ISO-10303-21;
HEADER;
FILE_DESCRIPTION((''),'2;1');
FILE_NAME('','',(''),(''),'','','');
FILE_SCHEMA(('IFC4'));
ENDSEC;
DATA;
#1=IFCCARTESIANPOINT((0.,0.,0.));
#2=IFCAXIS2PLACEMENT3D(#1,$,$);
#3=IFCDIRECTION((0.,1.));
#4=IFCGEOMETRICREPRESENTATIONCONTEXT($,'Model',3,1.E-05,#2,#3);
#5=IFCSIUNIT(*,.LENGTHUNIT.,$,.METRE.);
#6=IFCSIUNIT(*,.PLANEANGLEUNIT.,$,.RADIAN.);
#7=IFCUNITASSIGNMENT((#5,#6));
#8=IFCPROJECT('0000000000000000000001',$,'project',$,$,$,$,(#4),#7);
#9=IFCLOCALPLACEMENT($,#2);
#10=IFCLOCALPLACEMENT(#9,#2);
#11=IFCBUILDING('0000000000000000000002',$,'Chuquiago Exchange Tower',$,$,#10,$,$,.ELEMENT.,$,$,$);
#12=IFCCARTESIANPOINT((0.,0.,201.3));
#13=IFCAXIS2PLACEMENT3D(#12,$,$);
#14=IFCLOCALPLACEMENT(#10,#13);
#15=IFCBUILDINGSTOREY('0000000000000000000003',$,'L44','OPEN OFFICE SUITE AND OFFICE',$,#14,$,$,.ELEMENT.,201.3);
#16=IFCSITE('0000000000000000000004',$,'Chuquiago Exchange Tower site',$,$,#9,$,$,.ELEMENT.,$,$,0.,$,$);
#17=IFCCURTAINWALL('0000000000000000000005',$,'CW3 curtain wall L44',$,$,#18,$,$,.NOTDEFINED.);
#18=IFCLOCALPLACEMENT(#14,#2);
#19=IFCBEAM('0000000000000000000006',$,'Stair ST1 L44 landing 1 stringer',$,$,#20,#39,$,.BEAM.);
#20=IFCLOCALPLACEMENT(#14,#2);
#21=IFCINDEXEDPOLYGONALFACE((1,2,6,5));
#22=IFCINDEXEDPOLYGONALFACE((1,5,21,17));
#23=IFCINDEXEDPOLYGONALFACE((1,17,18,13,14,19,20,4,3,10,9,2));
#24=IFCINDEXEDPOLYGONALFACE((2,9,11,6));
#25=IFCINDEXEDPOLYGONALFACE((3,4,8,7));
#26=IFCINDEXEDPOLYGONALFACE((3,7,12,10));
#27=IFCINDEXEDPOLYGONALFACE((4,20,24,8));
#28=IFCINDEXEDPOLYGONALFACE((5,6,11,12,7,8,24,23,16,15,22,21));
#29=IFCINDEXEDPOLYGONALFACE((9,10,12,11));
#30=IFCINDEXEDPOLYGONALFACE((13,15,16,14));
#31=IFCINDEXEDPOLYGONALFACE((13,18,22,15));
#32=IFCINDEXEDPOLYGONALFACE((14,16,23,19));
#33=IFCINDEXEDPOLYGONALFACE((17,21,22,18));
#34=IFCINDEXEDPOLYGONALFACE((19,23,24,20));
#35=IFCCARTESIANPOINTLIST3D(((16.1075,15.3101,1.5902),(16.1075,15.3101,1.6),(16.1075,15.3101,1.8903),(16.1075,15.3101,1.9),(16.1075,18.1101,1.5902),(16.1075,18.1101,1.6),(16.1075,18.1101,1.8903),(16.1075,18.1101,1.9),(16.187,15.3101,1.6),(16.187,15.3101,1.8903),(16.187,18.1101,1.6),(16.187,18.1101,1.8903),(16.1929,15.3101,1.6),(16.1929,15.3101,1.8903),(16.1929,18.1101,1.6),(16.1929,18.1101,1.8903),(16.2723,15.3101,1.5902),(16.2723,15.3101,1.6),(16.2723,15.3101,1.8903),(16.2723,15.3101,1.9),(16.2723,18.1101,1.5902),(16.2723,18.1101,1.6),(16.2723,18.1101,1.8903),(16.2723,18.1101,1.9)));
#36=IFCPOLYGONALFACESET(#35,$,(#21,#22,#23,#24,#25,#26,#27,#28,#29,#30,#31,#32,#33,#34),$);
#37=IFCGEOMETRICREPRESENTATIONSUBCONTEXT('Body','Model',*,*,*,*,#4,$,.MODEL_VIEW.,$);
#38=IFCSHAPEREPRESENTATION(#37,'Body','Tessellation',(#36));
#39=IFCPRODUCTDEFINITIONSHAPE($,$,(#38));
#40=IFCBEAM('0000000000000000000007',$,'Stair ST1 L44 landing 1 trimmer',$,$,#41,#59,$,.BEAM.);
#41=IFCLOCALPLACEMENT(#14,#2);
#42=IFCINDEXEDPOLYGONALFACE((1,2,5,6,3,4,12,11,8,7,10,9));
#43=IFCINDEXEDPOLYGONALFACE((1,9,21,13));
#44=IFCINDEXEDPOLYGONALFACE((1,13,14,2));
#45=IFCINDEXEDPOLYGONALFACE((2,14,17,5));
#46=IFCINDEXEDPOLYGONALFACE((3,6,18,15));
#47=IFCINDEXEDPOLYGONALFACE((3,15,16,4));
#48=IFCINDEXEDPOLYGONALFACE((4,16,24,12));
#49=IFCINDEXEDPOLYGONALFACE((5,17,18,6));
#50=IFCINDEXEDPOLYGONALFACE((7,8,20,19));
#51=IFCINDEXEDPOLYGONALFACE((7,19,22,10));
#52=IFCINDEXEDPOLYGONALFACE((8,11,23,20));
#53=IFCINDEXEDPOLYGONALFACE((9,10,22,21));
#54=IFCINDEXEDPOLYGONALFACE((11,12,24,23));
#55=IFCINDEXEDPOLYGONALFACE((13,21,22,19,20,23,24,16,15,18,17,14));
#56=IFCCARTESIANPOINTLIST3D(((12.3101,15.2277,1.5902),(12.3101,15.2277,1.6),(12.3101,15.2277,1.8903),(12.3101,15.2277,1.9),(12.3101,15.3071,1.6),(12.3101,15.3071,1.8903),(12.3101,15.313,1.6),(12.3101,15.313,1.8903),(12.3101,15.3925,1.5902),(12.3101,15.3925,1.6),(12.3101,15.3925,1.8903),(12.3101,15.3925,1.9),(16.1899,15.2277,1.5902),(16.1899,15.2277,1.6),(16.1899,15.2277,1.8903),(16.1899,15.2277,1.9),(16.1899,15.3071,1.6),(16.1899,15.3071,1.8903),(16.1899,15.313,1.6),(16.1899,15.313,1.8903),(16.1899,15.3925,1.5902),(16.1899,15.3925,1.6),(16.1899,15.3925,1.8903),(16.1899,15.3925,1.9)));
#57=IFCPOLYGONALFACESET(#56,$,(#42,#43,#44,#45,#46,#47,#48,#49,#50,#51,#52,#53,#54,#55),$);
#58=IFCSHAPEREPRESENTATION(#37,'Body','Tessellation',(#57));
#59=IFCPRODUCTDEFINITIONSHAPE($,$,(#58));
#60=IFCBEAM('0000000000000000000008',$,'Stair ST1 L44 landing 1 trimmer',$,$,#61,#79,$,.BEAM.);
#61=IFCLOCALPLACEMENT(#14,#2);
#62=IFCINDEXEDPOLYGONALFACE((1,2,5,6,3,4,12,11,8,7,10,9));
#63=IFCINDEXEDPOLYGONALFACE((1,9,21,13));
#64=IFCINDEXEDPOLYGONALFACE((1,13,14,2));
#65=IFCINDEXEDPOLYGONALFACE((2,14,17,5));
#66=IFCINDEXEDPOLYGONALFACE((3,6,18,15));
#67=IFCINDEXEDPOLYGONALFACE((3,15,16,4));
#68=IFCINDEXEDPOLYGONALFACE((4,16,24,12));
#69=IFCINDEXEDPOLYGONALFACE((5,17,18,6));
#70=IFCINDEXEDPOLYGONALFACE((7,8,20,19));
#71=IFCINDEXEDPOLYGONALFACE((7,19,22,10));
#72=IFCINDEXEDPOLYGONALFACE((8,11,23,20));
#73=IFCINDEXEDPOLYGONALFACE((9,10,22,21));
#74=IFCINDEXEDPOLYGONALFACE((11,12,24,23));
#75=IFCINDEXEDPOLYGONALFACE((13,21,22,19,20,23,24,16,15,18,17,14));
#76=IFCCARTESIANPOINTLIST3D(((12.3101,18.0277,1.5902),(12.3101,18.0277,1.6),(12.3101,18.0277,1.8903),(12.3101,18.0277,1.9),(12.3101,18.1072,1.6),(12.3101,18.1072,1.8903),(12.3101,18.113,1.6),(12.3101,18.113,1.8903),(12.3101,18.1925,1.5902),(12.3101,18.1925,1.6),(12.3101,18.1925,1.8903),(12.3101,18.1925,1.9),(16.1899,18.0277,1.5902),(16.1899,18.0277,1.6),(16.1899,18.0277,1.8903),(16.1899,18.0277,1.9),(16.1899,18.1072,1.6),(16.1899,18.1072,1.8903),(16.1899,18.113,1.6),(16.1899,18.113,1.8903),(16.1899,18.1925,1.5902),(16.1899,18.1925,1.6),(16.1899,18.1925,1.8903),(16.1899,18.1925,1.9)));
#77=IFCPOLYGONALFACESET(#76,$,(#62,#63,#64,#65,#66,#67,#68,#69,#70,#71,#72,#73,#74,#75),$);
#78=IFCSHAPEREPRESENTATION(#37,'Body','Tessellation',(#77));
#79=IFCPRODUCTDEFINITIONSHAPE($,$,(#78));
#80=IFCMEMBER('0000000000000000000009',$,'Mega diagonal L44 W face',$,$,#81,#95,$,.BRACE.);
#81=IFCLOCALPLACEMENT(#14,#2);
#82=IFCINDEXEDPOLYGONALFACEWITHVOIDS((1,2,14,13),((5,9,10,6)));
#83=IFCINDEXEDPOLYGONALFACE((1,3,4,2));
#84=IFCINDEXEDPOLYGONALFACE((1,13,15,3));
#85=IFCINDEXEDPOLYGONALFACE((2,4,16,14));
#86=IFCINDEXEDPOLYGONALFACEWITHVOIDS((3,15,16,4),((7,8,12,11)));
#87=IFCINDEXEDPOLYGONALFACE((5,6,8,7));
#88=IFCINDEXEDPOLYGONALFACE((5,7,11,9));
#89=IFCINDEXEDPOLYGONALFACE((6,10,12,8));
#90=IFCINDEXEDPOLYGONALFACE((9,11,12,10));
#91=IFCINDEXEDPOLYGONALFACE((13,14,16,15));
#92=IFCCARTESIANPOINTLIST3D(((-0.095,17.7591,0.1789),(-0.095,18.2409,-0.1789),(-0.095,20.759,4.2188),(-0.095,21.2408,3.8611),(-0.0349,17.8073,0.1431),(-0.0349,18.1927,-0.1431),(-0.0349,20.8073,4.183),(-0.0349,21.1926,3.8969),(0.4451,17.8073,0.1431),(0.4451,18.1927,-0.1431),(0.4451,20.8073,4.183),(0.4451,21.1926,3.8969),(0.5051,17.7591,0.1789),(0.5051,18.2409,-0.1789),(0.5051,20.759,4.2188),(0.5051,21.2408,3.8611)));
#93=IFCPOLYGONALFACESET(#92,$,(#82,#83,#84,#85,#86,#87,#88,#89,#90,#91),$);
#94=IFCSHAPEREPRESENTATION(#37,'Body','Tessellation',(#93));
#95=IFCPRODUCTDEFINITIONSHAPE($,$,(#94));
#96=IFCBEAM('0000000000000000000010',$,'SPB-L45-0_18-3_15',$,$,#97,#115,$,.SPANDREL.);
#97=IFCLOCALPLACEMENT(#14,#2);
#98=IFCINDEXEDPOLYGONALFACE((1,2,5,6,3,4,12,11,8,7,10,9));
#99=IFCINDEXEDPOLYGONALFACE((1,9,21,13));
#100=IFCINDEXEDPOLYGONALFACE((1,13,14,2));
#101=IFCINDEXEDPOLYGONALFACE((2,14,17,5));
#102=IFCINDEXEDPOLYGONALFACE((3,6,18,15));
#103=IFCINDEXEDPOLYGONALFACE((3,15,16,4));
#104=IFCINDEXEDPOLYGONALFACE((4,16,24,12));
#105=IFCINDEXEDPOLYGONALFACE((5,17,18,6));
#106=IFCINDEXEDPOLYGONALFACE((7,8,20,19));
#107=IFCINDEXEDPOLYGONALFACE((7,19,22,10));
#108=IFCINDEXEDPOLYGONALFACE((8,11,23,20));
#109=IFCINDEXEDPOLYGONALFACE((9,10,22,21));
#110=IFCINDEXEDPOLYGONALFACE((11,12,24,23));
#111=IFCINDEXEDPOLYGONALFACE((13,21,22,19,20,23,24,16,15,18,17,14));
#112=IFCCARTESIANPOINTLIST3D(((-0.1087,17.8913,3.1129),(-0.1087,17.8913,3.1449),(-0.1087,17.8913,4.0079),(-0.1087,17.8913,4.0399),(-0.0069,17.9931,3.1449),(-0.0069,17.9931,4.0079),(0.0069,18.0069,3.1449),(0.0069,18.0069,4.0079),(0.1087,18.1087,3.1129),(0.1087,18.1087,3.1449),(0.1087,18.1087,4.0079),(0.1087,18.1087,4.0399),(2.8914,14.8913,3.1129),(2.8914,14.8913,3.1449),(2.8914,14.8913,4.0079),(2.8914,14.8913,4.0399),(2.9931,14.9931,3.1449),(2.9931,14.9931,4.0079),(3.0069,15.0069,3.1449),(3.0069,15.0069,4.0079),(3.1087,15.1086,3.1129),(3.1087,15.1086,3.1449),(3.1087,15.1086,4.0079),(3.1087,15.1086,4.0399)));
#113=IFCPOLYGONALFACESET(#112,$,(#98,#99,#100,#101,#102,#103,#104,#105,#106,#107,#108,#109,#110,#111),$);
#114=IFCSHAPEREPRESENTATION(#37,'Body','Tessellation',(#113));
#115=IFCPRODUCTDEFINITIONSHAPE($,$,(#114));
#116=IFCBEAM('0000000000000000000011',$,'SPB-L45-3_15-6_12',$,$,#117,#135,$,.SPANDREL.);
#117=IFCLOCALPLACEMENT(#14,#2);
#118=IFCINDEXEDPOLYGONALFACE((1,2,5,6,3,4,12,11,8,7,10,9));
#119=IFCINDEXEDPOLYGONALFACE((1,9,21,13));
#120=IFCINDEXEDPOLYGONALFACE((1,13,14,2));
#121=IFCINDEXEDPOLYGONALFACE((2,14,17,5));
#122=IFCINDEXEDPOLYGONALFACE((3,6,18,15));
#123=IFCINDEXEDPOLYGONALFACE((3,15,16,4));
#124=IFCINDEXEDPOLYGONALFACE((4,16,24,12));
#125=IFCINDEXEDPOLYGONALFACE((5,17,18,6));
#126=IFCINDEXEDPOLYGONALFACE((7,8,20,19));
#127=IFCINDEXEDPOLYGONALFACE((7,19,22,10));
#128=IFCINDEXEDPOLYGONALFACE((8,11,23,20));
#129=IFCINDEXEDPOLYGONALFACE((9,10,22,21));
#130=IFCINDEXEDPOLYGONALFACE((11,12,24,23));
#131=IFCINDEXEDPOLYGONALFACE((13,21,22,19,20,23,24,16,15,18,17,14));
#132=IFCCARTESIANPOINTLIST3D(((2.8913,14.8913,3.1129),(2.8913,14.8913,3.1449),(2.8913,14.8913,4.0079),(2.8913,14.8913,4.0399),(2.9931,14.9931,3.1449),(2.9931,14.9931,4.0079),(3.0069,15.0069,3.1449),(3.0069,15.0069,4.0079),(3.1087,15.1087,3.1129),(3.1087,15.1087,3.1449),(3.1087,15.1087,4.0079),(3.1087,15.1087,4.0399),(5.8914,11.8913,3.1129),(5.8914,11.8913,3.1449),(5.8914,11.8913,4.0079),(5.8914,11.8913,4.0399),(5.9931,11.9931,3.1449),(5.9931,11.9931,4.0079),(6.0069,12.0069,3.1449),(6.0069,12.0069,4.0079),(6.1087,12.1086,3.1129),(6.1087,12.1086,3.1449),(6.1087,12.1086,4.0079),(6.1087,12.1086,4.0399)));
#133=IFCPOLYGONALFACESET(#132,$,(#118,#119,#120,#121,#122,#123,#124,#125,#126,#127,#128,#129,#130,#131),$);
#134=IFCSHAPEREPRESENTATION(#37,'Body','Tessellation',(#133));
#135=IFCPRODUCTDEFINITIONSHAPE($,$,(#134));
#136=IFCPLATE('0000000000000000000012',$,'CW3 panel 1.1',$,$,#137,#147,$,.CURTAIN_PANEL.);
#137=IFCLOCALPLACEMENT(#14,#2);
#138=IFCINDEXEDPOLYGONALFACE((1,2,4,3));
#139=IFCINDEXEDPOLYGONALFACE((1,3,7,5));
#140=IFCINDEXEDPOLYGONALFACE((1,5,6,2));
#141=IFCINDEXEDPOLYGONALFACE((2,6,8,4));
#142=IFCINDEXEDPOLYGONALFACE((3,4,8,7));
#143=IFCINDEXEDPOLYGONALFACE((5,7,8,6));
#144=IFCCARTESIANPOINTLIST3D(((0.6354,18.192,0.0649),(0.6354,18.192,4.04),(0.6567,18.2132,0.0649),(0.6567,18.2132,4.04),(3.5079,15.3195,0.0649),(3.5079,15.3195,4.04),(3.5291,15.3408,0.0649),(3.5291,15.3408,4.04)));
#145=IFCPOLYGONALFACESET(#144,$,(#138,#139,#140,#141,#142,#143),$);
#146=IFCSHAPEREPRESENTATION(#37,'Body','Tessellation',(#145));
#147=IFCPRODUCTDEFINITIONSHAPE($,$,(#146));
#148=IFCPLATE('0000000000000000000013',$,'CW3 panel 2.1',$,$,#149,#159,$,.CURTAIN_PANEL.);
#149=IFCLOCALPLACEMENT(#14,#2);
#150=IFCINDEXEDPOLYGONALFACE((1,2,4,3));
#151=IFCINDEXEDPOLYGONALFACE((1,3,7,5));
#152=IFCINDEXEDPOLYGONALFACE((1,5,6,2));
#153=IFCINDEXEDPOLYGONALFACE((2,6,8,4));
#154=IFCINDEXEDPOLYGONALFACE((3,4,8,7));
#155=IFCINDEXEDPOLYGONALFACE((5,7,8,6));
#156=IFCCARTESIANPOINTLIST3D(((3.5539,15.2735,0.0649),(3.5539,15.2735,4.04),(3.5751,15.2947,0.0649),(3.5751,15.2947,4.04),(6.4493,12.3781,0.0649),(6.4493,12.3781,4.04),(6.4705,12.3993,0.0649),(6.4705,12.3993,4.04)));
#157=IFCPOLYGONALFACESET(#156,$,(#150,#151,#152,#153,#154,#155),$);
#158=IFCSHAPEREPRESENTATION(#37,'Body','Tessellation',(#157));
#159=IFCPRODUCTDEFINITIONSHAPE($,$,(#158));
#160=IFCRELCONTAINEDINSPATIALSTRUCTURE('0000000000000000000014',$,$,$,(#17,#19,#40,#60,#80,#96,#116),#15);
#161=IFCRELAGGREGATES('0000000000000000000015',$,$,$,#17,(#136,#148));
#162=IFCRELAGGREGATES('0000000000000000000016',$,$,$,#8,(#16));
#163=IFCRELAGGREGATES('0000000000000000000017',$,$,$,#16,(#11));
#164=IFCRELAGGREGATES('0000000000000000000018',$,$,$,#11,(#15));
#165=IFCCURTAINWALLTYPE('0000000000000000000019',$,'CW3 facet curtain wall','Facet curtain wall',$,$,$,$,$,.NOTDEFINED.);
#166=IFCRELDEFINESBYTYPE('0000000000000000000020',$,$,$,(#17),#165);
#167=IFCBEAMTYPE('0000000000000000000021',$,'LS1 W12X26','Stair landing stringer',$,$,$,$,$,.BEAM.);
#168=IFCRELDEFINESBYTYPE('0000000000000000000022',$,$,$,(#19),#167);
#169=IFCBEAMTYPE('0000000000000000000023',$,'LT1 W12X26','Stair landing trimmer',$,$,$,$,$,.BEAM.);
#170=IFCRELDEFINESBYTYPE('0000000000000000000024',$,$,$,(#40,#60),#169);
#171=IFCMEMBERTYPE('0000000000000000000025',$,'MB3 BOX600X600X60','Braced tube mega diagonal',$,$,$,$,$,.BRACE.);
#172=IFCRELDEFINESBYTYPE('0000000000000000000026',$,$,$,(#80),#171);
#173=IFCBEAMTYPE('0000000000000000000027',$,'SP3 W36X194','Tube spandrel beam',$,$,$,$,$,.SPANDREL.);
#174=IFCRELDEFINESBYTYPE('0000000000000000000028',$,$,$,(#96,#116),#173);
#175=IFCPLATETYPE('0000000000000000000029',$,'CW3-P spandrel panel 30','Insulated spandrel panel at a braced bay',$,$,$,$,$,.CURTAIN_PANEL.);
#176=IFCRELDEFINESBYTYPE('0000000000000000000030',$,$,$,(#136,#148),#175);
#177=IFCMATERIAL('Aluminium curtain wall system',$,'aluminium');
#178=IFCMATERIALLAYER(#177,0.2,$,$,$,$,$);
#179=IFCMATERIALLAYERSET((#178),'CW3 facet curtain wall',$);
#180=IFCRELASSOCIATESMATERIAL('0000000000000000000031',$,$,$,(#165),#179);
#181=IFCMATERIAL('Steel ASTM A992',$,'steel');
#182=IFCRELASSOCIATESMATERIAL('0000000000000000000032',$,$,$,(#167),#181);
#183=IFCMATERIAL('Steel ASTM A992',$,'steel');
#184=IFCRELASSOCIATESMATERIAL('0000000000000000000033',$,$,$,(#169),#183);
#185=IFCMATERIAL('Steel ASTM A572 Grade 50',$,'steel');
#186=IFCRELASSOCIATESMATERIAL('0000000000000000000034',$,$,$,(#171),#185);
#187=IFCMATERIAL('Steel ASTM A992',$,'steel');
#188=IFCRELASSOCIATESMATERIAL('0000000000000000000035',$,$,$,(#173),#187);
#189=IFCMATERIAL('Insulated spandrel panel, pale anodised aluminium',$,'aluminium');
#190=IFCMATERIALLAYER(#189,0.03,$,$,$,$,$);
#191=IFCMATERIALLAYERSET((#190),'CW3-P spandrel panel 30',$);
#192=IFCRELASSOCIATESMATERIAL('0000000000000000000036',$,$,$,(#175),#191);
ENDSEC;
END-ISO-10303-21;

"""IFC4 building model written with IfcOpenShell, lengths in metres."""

from ifc_helpers import new_model, si_unit, direction, frame, origin, origin_2d, place, context, subcontext, project, spatial, rectangle, hollow_rectangle, i_section, extrude, material, layer, layer_set, material_profile, profile_set, type_object, element, aggregate, save


model = new_model("IFC4")

# Units and contexts
model_context = context("Model", 3, precision=1e-05, world=origin(), true_north=direction((0.0, 1.0)))
body_context = subcontext(model_context, "Body", "Model", "MODEL_VIEW")
ifc_project = project(units=[si_unit("LENGTHUNIT", "METRE"), si_unit("PLANEANGLEUNIT", "RADIAN")], contexts=[model_context])

# Site, building, storey
site_placement = place(None, origin())
site = spatial("IfcSite", under=ifc_project, at=site_placement, Name="Chuquiago Exchange Tower site", CompositionType="ELEMENT", RefElevation=0.0)
building_placement = place(site_placement, origin())
building = spatial("IfcBuilding", under=site, at=building_placement, Name="Chuquiago Exchange Tower", CompositionType="ELEMENT")
storey_placement = place(building_placement, frame((0.0, 0.0, 201.3)))
storey = spatial("IfcBuildingStorey", under=building, at=storey_placement, Name="L44", Description="OPEN OFFICE SUITE AND OFFICE", CompositionType="ELEMENT", Elevation=201.3)

# Curtain wall
ifc_material_1 = material(Name="Aluminium curtain wall system", Category="aluminium")
ifc_layer_1 = layer(ifc_material_1, 0.2)
ifc_layer_set_1 = layer_set([ifc_layer_1], Name="CW3 facet curtain wall")
curtain_wall_type = type_object("IfcCurtainWallType", Name="CW3 facet curtain wall", Description="Facet curtain wall", PredefinedType="NOTDEFINED", material=ifc_layer_set_1)
curtain_wall_placement = place(storey_placement, origin())
curtain_wall = element("IfcCurtainWall", 1, at=curtain_wall_placement, inside=storey, type_object=curtain_wall_type, Name="CW3 curtain wall L44", PredefinedType="NOTDEFINED")

# Beams
ifc_material_2 = material(Name="Steel ASTM A992", Category="steel")
ifc_material_profile_1 = material_profile(ifc_material_2, i_section(OverallWidth=0.1648, OverallDepth=0.3098, WebThickness=0.0059, FlangeThickness=0.0098, at=origin_2d()), Name="W12X26")
ifc_profile_set_1 = profile_set([ifc_material_profile_1], Name="Steel ASTM A992")
beam_type_1 = type_object("IfcBeamType", Name="LS1 W12X26", Description="Stair landing stringer", PredefinedType="BEAM", material=ifc_profile_set_1)
for number, where, z_axis, x_axis, name in (
    (2, (16.1899, 15.3101, 1.7451), (0.0, 1.0, 0.0), (-1.0, 0.0, 0.0), "Stair ST1 L44 landing 1 stringer"),
):
    element("IfcBeam", number, at=place(storey_placement, frame(where, z_axis=z_axis, x_axis=x_axis)), inside=storey, type_object=beam_type_1, Name=name, PredefinedType="BEAM", context=body_context, shape_type="SweptSolid", body=[
        extrude(i_section(OverallWidth=0.1648, OverallDepth=0.3098, WebThickness=0.0059, FlangeThickness=0.0098, at=origin_2d()), origin(), (0.0, 0.0, 1.0), 2.8),
    ])
ifc_material_3 = material(Name="Steel ASTM A992", Category="steel")
ifc_material_profile_2 = material_profile(ifc_material_3, i_section(OverallWidth=0.1648, OverallDepth=0.3098, WebThickness=0.0059, FlangeThickness=0.0098, at=origin_2d()), Name="W12X26")
ifc_profile_set_2 = profile_set([ifc_material_profile_2], Name="Steel ASTM A992")
beam_type_2 = type_object("IfcBeamType", Name="LT1 W12X26", Description="Stair landing trimmer", PredefinedType="BEAM", material=ifc_profile_set_2)
for number, where, z_axis, x_axis, name in (
    (3, (12.3101, 15.3101, 1.7451), (1.0, 0.0, 0.0), (0.0, 1.0, 0.0), "Stair ST1 L44 landing 1 trimmer"),
    (4, (12.3101, 18.1101, 1.7451), (1.0, 0.0, 0.0), (0.0, 1.0, 0.0), "Stair ST1 L44 landing 1 trimmer"),
):
    element("IfcBeam", number, at=place(storey_placement, frame(where, z_axis=z_axis, x_axis=x_axis)), inside=storey, type_object=beam_type_2, Name=name, PredefinedType="BEAM", context=body_context, shape_type="SweptSolid", body=[
        extrude(i_section(OverallWidth=0.1648, OverallDepth=0.3098, WebThickness=0.0059, FlangeThickness=0.0098, at=origin_2d()), origin(), (0.0, 0.0, 1.0), 3.8799),
    ])

# Member
ifc_material_4 = material(Name="Steel ASTM A572 Grade 50", Category="steel")
ifc_material_profile_3 = material_profile(ifc_material_4, hollow_rectangle(XDim=0.6001, YDim=0.6001, WallThickness=0.0601, at=origin_2d()), Name="BOX600X600X60")
ifc_profile_set_3 = profile_set([ifc_material_profile_3], Name="Steel ASTM A572 Grade 50")
member_type_1 = type_object("IfcMemberType", Name="MB3 BOX600X600X60", Description="Braced tube mega diagonal", PredefinedType="BRACE", material=ifc_profile_set_3)
member_1_placement = place(storey_placement, frame((0.2051, 18.0, 0.0), z_axis=(0.0, 0.596174, 0.802855), x_axis=(-1.0, 0.0, 0.0)))
element("IfcMember", 5, at=member_1_placement, inside=storey, type_object=member_type_1, Name="Mega diagonal L44 W face", PredefinedType="BRACE", context=body_context, shape_type="SweptSolid", body=[
    extrude(hollow_rectangle(XDim=0.6001, YDim=0.6001, WallThickness=0.0601, at=origin_2d()), origin(), (0.0, 0.0, 1.0), 5.032),
])

# Beams
ifc_material_5 = material(Name="Steel ASTM A992", Category="steel")
ifc_material_profile_4 = material_profile(ifc_material_5, i_section(OverallWidth=0.3074, OverallDepth=0.927, WebThickness=0.0195, FlangeThickness=0.032, at=origin_2d()), Name="W36X194")
ifc_profile_set_4 = profile_set([ifc_material_profile_4], Name="Steel ASTM A992")
beam_type_3 = type_object("IfcBeamType", Name="SP3 W36X194", Description="Tube spandrel beam", PredefinedType="SPANDREL", material=ifc_profile_set_4)
for number, where, z_axis, x_axis, name in (
    (6, (0.0, 18.0, 3.5764), (0.707107, -0.707107, 0.0), (0.707107, 0.707107, 0.0), "SPB-L45-0_18-3_15"),
    (7, (3.0, 15.0, 3.5764), (0.707107, -0.707107, 0.0), (0.707107, 0.707107, 0.0), "SPB-L45-3_15-6_12"),
):
    element("IfcBeam", number, at=place(storey_placement, frame(where, z_axis=z_axis, x_axis=x_axis)), inside=storey, type_object=beam_type_3, Name=name, PredefinedType="SPANDREL", context=body_context, shape_type="SweptSolid", body=[
        extrude(i_section(OverallWidth=0.3074, OverallDepth=0.927, WebThickness=0.0195, FlangeThickness=0.032, at=origin_2d()), origin(), (0.0, 0.0, 1.0), 4.2427),
    ])

# Plates
ifc_material_6 = material(Name="Insulated spandrel panel, pale anodised aluminium", Category="aluminium")
ifc_layer_2 = layer(ifc_material_6, 0.03)
ifc_layer_set_2 = layer_set([ifc_layer_2], Name="CW3-P spandrel panel 30")
plate_type = type_object("IfcPlateType", Name="CW3-P spandrel panel 30", Description="Insulated spandrel panel at a braced bay", PredefinedType="CURTAIN_PANEL", material=ifc_layer_set_2)
plate_1_placement = place(storey_placement, frame((2.0823, 16.7664, 0.0649), z_axis=(0.0, 0.0, 1.0), x_axis=(0.707107, -0.707107, 0.0)))
plate_1 = element("IfcPlate", 8, at=plate_1_placement, type_object=plate_type, Name="CW3 panel 1.1", PredefinedType="CURTAIN_PANEL", context=body_context, shape_type="SweptSolid", body=[
    extrude(rectangle(XDim=4.0623, YDim=0.03, at=origin_2d()), origin(), (0.0, 0.0, 1.0), 3.9751),
])
plate_2_placement = place(storey_placement, frame((5.0122, 13.8364, 0.0649), z_axis=(0.0, 0.0, 1.0), x_axis=(0.707107, -0.707107, 0.0)))
plate_2 = element("IfcPlate", 9, at=plate_2_placement, type_object=plate_type, Name="CW3 panel 2.1", PredefinedType="CURTAIN_PANEL", context=body_context, shape_type="SweptSolid", body=[
    extrude(rectangle(XDim=4.0947, YDim=0.03, at=origin_2d()), origin(), (0.0, 0.0, 1.0), 3.9751),
])
aggregate(curtain_wall, [plate_1, plate_2])

save(model, "model.ifc")
